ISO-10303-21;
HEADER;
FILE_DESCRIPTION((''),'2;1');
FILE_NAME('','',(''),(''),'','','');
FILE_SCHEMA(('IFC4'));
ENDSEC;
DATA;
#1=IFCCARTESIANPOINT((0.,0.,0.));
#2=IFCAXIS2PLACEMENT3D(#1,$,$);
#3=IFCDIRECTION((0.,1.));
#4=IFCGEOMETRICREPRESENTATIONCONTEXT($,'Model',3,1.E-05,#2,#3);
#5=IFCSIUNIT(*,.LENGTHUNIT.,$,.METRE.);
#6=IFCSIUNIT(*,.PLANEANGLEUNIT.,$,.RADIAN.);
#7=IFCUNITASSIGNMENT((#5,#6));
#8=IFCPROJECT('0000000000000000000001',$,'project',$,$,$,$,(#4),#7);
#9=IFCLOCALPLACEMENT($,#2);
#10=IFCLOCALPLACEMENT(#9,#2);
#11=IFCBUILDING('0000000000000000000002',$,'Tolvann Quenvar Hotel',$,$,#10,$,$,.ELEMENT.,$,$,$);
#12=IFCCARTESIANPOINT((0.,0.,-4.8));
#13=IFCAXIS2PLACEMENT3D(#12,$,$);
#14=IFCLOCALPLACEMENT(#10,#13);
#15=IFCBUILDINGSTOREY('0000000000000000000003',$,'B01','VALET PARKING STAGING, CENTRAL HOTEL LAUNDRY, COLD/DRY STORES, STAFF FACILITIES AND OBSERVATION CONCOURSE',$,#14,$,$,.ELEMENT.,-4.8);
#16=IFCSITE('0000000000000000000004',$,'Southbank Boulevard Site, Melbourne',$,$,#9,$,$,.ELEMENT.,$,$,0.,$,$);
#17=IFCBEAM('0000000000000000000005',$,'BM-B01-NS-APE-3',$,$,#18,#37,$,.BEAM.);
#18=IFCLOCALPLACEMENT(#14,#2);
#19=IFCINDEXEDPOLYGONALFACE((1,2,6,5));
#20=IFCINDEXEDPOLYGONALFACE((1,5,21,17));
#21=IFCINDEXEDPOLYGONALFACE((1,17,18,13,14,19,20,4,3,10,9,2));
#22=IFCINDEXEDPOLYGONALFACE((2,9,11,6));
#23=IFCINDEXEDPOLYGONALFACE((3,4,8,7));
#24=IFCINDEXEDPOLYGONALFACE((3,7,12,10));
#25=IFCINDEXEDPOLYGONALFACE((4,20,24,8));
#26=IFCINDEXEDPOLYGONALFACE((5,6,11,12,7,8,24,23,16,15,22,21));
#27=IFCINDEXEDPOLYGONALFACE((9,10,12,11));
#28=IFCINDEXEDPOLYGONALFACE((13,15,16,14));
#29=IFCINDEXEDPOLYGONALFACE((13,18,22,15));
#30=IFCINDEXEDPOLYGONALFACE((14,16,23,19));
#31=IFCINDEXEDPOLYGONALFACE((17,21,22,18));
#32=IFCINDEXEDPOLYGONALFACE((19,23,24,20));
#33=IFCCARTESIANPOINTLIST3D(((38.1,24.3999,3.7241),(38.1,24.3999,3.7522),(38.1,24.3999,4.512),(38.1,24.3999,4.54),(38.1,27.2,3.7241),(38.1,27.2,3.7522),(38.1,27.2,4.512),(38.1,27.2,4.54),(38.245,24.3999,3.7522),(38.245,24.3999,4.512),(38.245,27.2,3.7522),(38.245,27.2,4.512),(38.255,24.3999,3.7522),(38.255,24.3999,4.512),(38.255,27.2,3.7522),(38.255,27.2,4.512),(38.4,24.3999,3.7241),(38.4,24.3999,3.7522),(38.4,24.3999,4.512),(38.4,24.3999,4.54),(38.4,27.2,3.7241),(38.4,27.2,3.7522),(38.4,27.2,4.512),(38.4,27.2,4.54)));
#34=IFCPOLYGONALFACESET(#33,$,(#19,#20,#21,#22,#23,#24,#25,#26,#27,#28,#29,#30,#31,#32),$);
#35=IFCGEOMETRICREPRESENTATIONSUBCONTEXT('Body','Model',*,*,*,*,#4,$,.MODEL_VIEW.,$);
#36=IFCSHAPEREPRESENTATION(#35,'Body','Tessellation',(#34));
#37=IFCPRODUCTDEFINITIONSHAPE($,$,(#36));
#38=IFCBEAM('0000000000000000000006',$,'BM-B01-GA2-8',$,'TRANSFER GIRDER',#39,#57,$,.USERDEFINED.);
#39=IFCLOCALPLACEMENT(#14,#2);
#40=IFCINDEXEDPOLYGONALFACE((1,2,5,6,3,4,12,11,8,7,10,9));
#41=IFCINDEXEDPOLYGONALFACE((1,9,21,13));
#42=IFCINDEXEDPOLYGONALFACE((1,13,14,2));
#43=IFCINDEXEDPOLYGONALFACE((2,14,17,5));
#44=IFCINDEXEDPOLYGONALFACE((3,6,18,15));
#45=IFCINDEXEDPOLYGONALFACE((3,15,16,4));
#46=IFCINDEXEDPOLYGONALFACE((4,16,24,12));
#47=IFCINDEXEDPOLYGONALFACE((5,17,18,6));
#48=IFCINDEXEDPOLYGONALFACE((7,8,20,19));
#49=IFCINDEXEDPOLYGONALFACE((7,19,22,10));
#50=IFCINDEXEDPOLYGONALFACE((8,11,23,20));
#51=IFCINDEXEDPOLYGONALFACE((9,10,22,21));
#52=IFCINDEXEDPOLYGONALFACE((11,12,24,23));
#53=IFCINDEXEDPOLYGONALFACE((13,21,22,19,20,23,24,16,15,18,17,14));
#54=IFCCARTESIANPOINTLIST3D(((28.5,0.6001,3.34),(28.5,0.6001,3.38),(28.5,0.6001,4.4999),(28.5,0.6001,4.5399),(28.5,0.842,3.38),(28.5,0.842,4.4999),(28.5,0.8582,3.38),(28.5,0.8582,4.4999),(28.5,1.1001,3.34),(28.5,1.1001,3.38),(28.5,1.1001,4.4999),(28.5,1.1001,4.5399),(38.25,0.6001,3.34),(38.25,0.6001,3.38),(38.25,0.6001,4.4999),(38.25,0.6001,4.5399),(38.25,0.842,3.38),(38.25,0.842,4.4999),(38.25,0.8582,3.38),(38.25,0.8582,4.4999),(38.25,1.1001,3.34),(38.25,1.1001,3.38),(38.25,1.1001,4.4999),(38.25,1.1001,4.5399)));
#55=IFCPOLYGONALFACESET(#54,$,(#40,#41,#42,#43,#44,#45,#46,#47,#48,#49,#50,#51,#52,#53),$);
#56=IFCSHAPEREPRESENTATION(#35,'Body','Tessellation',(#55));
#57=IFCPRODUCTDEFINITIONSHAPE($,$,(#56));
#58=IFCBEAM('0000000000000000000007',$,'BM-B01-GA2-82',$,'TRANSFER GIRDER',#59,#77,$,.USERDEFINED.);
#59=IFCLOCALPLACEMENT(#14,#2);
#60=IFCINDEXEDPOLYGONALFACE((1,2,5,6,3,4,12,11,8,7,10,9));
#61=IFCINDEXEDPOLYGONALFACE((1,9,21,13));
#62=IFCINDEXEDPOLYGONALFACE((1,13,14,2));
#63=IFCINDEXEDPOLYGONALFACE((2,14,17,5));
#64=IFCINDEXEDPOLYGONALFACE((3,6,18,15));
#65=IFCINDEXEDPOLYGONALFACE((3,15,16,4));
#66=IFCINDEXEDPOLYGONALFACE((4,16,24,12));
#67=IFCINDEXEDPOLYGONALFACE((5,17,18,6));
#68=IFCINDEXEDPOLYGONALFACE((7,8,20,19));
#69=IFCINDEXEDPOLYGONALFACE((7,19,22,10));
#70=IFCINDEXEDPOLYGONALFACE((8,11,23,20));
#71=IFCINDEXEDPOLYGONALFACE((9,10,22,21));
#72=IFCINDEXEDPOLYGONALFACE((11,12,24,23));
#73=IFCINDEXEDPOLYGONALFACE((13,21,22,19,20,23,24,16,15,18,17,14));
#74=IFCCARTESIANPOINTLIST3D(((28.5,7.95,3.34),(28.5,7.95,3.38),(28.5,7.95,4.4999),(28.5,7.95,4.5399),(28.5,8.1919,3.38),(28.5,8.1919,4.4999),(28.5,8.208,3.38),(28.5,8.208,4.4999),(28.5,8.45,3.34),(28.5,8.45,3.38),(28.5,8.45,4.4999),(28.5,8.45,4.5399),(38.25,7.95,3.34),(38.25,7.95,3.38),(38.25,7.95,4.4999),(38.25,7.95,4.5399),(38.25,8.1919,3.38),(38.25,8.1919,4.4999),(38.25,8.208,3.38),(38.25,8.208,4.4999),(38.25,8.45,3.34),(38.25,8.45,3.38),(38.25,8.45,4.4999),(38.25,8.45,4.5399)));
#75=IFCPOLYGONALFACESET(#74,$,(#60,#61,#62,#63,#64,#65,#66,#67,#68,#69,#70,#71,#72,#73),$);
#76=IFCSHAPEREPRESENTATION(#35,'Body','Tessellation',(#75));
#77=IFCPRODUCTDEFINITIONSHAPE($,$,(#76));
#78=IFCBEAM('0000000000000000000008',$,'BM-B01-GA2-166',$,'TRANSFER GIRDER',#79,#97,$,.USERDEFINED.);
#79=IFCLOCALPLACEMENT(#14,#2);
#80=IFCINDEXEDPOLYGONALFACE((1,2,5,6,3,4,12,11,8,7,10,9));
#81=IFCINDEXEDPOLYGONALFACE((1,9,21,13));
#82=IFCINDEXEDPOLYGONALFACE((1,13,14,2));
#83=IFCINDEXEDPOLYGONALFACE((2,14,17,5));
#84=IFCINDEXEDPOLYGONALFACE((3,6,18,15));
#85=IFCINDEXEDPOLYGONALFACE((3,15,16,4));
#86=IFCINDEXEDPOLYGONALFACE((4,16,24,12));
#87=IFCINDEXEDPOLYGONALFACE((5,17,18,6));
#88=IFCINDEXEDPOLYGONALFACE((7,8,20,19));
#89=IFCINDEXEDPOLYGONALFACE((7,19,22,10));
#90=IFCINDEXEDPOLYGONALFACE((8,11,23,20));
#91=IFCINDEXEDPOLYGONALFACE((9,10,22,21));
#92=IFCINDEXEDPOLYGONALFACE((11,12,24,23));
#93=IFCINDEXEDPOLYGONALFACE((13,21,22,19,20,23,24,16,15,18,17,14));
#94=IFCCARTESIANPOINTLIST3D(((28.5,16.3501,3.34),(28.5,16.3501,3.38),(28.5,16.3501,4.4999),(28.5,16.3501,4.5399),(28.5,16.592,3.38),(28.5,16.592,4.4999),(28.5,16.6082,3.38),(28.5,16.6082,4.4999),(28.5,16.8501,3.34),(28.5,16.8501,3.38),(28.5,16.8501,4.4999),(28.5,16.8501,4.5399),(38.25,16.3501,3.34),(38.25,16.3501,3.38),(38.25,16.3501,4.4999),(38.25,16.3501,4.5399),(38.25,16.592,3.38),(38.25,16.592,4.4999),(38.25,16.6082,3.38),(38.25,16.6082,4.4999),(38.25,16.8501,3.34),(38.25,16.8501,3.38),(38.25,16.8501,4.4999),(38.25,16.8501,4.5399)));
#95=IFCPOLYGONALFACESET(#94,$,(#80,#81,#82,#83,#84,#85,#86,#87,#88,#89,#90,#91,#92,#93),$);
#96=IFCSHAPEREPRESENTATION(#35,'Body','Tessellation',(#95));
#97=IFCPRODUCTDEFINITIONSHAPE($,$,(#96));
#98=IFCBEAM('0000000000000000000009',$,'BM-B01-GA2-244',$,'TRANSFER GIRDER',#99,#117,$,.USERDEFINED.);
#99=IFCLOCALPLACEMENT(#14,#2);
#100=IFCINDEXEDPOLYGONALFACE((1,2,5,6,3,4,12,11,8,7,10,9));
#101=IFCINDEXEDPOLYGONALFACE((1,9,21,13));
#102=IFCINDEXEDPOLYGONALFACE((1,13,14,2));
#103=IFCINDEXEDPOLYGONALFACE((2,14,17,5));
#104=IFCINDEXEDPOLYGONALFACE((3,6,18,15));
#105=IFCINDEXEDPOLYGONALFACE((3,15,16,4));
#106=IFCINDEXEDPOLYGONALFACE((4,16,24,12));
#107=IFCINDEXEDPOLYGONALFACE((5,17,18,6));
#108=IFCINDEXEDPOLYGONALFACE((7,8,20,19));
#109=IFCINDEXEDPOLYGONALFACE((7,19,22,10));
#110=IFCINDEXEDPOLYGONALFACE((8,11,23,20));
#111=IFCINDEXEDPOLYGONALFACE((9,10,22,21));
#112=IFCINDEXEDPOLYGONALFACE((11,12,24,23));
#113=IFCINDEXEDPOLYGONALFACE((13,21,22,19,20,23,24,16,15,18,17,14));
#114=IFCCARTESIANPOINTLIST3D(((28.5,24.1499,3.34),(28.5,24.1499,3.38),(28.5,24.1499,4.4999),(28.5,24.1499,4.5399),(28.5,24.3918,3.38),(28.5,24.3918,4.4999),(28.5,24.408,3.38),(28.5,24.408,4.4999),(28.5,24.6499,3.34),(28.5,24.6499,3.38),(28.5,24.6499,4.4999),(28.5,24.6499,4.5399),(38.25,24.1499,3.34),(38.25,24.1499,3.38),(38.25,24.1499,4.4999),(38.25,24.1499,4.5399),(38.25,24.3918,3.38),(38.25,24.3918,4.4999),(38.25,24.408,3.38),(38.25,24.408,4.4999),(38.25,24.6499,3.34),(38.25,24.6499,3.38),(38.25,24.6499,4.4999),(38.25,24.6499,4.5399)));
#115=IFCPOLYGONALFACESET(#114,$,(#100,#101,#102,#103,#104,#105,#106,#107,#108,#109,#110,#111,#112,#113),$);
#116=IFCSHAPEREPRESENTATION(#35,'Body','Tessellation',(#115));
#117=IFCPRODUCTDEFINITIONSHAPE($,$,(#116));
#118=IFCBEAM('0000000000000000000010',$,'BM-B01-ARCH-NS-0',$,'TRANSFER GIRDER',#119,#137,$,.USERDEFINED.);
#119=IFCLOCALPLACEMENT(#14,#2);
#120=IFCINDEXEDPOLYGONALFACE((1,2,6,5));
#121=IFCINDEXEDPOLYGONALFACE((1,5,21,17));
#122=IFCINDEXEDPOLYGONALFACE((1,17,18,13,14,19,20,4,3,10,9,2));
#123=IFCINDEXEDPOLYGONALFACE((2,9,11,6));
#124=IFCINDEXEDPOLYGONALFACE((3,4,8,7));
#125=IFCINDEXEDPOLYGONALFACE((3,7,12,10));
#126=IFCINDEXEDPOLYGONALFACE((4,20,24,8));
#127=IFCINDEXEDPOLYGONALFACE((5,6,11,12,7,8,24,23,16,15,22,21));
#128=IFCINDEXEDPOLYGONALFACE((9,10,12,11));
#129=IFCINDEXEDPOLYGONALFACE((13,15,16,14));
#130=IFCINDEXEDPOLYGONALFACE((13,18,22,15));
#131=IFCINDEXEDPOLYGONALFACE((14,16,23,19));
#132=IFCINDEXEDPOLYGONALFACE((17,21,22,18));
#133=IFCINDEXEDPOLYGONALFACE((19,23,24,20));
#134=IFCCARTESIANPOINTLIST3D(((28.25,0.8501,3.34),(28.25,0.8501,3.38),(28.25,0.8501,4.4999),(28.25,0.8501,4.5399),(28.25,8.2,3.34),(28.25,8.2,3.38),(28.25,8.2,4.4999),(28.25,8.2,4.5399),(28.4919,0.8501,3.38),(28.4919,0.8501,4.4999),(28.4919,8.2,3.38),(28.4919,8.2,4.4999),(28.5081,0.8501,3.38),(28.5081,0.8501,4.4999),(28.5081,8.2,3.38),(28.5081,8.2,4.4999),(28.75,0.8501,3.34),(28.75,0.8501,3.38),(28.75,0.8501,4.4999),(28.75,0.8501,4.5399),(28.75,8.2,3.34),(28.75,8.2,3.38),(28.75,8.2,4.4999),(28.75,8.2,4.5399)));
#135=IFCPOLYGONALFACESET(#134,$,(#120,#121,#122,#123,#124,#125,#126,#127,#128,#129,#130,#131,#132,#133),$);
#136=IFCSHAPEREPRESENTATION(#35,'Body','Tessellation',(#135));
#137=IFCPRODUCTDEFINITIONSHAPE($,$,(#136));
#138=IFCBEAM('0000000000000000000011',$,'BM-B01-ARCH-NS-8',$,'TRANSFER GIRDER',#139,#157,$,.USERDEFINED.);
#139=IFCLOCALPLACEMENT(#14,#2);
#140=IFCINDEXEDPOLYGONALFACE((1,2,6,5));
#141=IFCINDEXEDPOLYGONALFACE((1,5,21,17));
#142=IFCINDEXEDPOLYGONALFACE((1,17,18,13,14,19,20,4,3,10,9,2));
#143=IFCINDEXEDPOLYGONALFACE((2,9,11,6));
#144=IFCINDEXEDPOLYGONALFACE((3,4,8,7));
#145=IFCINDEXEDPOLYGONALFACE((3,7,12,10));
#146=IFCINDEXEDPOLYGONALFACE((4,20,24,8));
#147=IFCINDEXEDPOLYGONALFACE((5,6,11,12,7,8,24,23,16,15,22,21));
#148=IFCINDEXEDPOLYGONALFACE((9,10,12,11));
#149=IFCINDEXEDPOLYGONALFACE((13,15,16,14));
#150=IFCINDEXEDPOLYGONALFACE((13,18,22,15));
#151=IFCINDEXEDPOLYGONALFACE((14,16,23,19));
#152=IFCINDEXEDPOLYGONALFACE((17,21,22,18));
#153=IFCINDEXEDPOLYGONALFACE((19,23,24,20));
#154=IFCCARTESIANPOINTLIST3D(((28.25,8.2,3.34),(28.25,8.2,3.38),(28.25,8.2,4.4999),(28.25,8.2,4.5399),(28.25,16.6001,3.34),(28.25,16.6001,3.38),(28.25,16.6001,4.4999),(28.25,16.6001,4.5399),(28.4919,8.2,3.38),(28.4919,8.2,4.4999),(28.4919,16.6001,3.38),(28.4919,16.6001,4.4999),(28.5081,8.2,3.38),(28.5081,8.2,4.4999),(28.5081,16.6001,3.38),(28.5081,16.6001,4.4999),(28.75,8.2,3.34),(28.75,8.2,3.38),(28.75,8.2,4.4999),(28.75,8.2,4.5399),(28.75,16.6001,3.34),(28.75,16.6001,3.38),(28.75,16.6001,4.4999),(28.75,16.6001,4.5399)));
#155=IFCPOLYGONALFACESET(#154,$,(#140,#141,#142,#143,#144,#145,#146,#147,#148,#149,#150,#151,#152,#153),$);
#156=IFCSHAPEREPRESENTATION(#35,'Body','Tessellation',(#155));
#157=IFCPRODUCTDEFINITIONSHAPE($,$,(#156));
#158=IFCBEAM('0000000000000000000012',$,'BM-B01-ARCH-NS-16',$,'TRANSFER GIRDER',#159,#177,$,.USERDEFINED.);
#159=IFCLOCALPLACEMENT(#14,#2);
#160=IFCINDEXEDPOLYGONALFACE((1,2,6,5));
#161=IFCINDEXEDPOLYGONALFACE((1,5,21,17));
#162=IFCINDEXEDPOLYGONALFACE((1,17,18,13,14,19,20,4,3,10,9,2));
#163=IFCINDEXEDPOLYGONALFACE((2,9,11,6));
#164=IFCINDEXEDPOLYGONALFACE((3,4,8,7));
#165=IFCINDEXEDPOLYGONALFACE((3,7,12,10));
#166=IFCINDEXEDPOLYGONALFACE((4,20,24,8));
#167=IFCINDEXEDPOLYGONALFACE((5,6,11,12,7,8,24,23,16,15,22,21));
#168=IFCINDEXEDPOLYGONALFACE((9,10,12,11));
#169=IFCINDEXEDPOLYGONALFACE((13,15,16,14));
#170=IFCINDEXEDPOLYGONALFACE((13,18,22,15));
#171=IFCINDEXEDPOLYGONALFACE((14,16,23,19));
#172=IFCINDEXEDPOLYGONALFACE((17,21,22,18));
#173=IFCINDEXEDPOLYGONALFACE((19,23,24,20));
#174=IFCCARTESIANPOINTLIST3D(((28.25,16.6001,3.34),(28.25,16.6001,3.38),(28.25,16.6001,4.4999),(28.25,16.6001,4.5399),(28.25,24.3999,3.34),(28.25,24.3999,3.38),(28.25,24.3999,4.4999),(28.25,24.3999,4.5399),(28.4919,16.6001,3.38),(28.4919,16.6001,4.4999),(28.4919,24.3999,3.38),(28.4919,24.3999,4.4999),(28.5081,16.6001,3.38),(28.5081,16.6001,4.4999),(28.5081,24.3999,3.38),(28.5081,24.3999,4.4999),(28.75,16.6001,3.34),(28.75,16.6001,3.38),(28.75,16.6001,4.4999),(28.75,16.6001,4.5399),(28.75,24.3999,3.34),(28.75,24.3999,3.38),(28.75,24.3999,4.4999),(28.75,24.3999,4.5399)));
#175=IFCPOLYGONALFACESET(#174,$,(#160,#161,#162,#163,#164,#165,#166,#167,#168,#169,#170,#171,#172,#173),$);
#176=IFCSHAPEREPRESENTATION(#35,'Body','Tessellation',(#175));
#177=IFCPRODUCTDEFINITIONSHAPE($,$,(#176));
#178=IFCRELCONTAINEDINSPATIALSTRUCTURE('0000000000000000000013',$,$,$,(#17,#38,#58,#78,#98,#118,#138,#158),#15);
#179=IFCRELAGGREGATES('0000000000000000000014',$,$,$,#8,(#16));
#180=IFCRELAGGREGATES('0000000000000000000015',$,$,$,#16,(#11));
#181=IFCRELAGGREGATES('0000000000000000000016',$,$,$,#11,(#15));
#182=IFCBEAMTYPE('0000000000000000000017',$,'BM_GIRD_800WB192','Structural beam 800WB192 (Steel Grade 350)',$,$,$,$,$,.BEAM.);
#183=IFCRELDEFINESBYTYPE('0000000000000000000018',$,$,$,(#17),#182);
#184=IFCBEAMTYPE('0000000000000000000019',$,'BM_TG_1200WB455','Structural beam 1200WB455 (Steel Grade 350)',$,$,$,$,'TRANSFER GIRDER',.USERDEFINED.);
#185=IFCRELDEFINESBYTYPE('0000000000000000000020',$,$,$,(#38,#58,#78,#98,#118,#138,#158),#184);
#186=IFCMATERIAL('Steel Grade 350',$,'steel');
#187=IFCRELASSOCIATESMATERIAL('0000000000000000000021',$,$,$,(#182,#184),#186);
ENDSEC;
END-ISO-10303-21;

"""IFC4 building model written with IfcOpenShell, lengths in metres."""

from ifc_helpers import new_model, si_unit, direction, frame, origin, origin_2d, place, context, subcontext, project, spatial, i_section, extrude, source, transform, mapped, material, material_profile, profile_set, type_object, element, save


model = new_model("IFC4")

# Units and contexts
model_context = context("Model", 3, precision=1e-05, world=origin(), true_north=direction((0.0, 1.0)))
body_context = subcontext(model_context, "Body", "Model", "MODEL_VIEW")
ifc_project = project(units=[si_unit("LENGTHUNIT", "METRE"), si_unit("PLANEANGLEUNIT", "RADIAN")], contexts=[model_context])

# Site, building, storey
site_placement = place(None, origin())
site = spatial("IfcSite", under=ifc_project, at=site_placement, Name="Southbank Boulevard Site, Melbourne", CompositionType="ELEMENT", RefElevation=0.0)
building_placement = place(site_placement, origin())
building = spatial("IfcBuilding", under=site, at=building_placement, Name="Tolvann Quenvar Hotel", CompositionType="ELEMENT")
storey_placement = place(building_placement, frame((0.0, 0.0, -4.8)))
storey = spatial("IfcBuildingStorey", under=building, at=storey_placement, Name="B01", Description="VALET PARKING STAGING, CENTRAL HOTEL LAUNDRY, COLD/DRY STORES, STAFF FACILITIES AND OBSERVATION CONCOURSE", CompositionType="ELEMENT", Elevation=-4.8)

# Beams
ifc_material_1 = material(Name="Steel Grade 350", Category="steel")
ifc_material_profile_1 = material_profile(ifc_material_1, i_section(OverallWidth=0.3, OverallDepth=0.8159, WebThickness=0.01, FlangeThickness=0.0281, at=origin_2d()), Name="800WB192")
ifc_profile_set_1 = profile_set([ifc_material_profile_1], Name="Steel Grade 350")
beam_type_1 = type_object("IfcBeamType", Name="BM_GIRD_800WB192", Description="Structural beam 800WB192 (Steel Grade 350)", PredefinedType="BEAM", material=ifc_profile_set_1)
shared_shape_1 = source(origin(), body_context, "Body", "SweptSolid", [
    extrude(i_section(OverallWidth=0.3, OverallDepth=0.8159, WebThickness=0.01, FlangeThickness=0.0281, at=origin_2d()), origin(), (0.0, 0.0, 1.0), 2.8),
])
beam_1_placement = place(storey_placement, frame((38.25, 24.3999, 4.1321), z_axis=(0.0, 1.0, 0.0), x_axis=(-1.0, 0.0, 0.0)))
element("IfcBeam", 1, at=beam_1_placement, inside=storey, type_object=beam_type_1, Name="BM-B01-NS-APE-3", PredefinedType="BEAM", context=body_context, shape_type="MappedRepresentation", body=[
    mapped(shared_shape_1, transform((0.0, 0.0, 0.0), x_axis=(1.0, 0.0, 0.0), y_axis=(0.0, 1.0, 0.0), z_axis=(0.0, 0.0, 1.0), scale=1.0)),
])
ifc_material_profile_2 = material_profile(ifc_material_1, i_section(OverallWidth=0.5, OverallDepth=1.2, WebThickness=0.0161, FlangeThickness=0.04, at=origin_2d()), Name="1200WB455")
ifc_profile_set_2 = profile_set([ifc_material_profile_2], Name="Steel Grade 350")
beam_type_2 = type_object("IfcBeamType", Name="BM_TG_1200WB455", Description="Structural beam 1200WB455 (Steel Grade 350)", ElementType="TRANSFER GIRDER", PredefinedType="USERDEFINED", material=ifc_profile_set_2)
shared_shape_2 = source(origin(), body_context, "Body", "SweptSolid", [
    extrude(i_section(OverallWidth=0.5, OverallDepth=1.2, WebThickness=0.0161, FlangeThickness=0.04, at=origin_2d()), origin(), (0.0, 0.0, 1.0), 9.75),
])
for number, where, z_axis, x_axis, name in (
    (2, (28.5, 0.8501, 3.9399), (1.0, 0.0, 0.0), (0.0, 1.0, 0.0), "BM-B01-GA2-8"),
    (3, (28.5, 8.2, 3.9399), (1.0, 0.0, 0.0), (0.0, 1.0, 0.0), "BM-B01-GA2-82"),
    (4, (28.5, 16.6001, 3.9399), (1.0, 0.0, 0.0), (0.0, 1.0, 0.0), "BM-B01-GA2-166"),
    (5, (28.5, 24.3999, 3.9399), (1.0, 0.0, 0.0), (0.0, 1.0, 0.0), "BM-B01-GA2-244"),
):
    element("IfcBeam", number, at=place(storey_placement, frame(where, z_axis=z_axis, x_axis=x_axis)), inside=storey, type_object=beam_type_2, Name=name, ObjectType="TRANSFER GIRDER", PredefinedType="USERDEFINED", context=body_context, shape_type="MappedRepresentation", body=[
        mapped(shared_shape_2, transform((0.0, 0.0, 0.0), x_axis=(1.0, 0.0, 0.0), y_axis=(0.0, 1.0, 0.0), z_axis=(0.0, 0.0, 1.0), scale=1.0)),
    ])
shared_shape_3 = source(origin(), body_context, "Body", "SweptSolid", [
    extrude(i_section(OverallWidth=0.5, OverallDepth=1.2, WebThickness=0.0161, FlangeThickness=0.04, at=origin_2d()), origin(), (0.0, 0.0, 1.0), 7.3499),
])
beam_2_placement = place(storey_placement, frame((28.5, 0.8501, 3.9399), z_axis=(0.0, 1.0, 0.0), x_axis=(-1.0, 0.0, 0.0)))
element("IfcBeam", 6, at=beam_2_placement, inside=storey, type_object=beam_type_2, Name="BM-B01-ARCH-NS-0", ObjectType="TRANSFER GIRDER", PredefinedType="USERDEFINED", context=body_context, shape_type="MappedRepresentation", body=[
    mapped(shared_shape_3, transform((0.0, 0.0, 0.0), x_axis=(1.0, 0.0, 0.0), y_axis=(0.0, 1.0, 0.0), z_axis=(0.0, 0.0, 1.0), scale=1.0)),
])
shared_shape_4 = source(origin(), body_context, "Body", "SweptSolid", [
    extrude(i_section(OverallWidth=0.5, OverallDepth=1.2, WebThickness=0.0161, FlangeThickness=0.04, at=origin_2d()), origin(), (0.0, 0.0, 1.0), 8.4001),
])
beam_3_placement = place(storey_placement, frame((28.5, 8.2, 3.9399), z_axis=(0.0, 1.0, 0.0), x_axis=(-1.0, 0.0, 0.0)))
element("IfcBeam", 7, at=beam_3_placement, inside=storey, type_object=beam_type_2, Name="BM-B01-ARCH-NS-8", ObjectType="TRANSFER GIRDER", PredefinedType="USERDEFINED", context=body_context, shape_type="MappedRepresentation", body=[
    mapped(shared_shape_4, transform((0.0, 0.0, 0.0), x_axis=(1.0, 0.0, 0.0), y_axis=(0.0, 1.0, 0.0), z_axis=(0.0, 0.0, 1.0), scale=1.0)),
])
shared_shape_5 = source(origin(), body_context, "Body", "SweptSolid", [
    extrude(i_section(OverallWidth=0.5, OverallDepth=1.2, WebThickness=0.0161, FlangeThickness=0.04, at=origin_2d()), origin(), (0.0, 0.0, 1.0), 7.7998),
])
beam_4_placement = place(storey_placement, frame((28.5, 16.6001, 3.9399), z_axis=(0.0, 1.0, 0.0), x_axis=(-1.0, 0.0, 0.0)))
element("IfcBeam", 8, at=beam_4_placement, inside=storey, type_object=beam_type_2, Name="BM-B01-ARCH-NS-16", ObjectType="TRANSFER GIRDER", PredefinedType="USERDEFINED", context=body_context, shape_type="MappedRepresentation", body=[
    mapped(shared_shape_5, transform((0.0, 0.0, 0.0), x_axis=(1.0, 0.0, 0.0), y_axis=(0.0, 1.0, 0.0), z_axis=(0.0, 0.0, 1.0), scale=1.0)),
])

save(model, "model.ifc")
